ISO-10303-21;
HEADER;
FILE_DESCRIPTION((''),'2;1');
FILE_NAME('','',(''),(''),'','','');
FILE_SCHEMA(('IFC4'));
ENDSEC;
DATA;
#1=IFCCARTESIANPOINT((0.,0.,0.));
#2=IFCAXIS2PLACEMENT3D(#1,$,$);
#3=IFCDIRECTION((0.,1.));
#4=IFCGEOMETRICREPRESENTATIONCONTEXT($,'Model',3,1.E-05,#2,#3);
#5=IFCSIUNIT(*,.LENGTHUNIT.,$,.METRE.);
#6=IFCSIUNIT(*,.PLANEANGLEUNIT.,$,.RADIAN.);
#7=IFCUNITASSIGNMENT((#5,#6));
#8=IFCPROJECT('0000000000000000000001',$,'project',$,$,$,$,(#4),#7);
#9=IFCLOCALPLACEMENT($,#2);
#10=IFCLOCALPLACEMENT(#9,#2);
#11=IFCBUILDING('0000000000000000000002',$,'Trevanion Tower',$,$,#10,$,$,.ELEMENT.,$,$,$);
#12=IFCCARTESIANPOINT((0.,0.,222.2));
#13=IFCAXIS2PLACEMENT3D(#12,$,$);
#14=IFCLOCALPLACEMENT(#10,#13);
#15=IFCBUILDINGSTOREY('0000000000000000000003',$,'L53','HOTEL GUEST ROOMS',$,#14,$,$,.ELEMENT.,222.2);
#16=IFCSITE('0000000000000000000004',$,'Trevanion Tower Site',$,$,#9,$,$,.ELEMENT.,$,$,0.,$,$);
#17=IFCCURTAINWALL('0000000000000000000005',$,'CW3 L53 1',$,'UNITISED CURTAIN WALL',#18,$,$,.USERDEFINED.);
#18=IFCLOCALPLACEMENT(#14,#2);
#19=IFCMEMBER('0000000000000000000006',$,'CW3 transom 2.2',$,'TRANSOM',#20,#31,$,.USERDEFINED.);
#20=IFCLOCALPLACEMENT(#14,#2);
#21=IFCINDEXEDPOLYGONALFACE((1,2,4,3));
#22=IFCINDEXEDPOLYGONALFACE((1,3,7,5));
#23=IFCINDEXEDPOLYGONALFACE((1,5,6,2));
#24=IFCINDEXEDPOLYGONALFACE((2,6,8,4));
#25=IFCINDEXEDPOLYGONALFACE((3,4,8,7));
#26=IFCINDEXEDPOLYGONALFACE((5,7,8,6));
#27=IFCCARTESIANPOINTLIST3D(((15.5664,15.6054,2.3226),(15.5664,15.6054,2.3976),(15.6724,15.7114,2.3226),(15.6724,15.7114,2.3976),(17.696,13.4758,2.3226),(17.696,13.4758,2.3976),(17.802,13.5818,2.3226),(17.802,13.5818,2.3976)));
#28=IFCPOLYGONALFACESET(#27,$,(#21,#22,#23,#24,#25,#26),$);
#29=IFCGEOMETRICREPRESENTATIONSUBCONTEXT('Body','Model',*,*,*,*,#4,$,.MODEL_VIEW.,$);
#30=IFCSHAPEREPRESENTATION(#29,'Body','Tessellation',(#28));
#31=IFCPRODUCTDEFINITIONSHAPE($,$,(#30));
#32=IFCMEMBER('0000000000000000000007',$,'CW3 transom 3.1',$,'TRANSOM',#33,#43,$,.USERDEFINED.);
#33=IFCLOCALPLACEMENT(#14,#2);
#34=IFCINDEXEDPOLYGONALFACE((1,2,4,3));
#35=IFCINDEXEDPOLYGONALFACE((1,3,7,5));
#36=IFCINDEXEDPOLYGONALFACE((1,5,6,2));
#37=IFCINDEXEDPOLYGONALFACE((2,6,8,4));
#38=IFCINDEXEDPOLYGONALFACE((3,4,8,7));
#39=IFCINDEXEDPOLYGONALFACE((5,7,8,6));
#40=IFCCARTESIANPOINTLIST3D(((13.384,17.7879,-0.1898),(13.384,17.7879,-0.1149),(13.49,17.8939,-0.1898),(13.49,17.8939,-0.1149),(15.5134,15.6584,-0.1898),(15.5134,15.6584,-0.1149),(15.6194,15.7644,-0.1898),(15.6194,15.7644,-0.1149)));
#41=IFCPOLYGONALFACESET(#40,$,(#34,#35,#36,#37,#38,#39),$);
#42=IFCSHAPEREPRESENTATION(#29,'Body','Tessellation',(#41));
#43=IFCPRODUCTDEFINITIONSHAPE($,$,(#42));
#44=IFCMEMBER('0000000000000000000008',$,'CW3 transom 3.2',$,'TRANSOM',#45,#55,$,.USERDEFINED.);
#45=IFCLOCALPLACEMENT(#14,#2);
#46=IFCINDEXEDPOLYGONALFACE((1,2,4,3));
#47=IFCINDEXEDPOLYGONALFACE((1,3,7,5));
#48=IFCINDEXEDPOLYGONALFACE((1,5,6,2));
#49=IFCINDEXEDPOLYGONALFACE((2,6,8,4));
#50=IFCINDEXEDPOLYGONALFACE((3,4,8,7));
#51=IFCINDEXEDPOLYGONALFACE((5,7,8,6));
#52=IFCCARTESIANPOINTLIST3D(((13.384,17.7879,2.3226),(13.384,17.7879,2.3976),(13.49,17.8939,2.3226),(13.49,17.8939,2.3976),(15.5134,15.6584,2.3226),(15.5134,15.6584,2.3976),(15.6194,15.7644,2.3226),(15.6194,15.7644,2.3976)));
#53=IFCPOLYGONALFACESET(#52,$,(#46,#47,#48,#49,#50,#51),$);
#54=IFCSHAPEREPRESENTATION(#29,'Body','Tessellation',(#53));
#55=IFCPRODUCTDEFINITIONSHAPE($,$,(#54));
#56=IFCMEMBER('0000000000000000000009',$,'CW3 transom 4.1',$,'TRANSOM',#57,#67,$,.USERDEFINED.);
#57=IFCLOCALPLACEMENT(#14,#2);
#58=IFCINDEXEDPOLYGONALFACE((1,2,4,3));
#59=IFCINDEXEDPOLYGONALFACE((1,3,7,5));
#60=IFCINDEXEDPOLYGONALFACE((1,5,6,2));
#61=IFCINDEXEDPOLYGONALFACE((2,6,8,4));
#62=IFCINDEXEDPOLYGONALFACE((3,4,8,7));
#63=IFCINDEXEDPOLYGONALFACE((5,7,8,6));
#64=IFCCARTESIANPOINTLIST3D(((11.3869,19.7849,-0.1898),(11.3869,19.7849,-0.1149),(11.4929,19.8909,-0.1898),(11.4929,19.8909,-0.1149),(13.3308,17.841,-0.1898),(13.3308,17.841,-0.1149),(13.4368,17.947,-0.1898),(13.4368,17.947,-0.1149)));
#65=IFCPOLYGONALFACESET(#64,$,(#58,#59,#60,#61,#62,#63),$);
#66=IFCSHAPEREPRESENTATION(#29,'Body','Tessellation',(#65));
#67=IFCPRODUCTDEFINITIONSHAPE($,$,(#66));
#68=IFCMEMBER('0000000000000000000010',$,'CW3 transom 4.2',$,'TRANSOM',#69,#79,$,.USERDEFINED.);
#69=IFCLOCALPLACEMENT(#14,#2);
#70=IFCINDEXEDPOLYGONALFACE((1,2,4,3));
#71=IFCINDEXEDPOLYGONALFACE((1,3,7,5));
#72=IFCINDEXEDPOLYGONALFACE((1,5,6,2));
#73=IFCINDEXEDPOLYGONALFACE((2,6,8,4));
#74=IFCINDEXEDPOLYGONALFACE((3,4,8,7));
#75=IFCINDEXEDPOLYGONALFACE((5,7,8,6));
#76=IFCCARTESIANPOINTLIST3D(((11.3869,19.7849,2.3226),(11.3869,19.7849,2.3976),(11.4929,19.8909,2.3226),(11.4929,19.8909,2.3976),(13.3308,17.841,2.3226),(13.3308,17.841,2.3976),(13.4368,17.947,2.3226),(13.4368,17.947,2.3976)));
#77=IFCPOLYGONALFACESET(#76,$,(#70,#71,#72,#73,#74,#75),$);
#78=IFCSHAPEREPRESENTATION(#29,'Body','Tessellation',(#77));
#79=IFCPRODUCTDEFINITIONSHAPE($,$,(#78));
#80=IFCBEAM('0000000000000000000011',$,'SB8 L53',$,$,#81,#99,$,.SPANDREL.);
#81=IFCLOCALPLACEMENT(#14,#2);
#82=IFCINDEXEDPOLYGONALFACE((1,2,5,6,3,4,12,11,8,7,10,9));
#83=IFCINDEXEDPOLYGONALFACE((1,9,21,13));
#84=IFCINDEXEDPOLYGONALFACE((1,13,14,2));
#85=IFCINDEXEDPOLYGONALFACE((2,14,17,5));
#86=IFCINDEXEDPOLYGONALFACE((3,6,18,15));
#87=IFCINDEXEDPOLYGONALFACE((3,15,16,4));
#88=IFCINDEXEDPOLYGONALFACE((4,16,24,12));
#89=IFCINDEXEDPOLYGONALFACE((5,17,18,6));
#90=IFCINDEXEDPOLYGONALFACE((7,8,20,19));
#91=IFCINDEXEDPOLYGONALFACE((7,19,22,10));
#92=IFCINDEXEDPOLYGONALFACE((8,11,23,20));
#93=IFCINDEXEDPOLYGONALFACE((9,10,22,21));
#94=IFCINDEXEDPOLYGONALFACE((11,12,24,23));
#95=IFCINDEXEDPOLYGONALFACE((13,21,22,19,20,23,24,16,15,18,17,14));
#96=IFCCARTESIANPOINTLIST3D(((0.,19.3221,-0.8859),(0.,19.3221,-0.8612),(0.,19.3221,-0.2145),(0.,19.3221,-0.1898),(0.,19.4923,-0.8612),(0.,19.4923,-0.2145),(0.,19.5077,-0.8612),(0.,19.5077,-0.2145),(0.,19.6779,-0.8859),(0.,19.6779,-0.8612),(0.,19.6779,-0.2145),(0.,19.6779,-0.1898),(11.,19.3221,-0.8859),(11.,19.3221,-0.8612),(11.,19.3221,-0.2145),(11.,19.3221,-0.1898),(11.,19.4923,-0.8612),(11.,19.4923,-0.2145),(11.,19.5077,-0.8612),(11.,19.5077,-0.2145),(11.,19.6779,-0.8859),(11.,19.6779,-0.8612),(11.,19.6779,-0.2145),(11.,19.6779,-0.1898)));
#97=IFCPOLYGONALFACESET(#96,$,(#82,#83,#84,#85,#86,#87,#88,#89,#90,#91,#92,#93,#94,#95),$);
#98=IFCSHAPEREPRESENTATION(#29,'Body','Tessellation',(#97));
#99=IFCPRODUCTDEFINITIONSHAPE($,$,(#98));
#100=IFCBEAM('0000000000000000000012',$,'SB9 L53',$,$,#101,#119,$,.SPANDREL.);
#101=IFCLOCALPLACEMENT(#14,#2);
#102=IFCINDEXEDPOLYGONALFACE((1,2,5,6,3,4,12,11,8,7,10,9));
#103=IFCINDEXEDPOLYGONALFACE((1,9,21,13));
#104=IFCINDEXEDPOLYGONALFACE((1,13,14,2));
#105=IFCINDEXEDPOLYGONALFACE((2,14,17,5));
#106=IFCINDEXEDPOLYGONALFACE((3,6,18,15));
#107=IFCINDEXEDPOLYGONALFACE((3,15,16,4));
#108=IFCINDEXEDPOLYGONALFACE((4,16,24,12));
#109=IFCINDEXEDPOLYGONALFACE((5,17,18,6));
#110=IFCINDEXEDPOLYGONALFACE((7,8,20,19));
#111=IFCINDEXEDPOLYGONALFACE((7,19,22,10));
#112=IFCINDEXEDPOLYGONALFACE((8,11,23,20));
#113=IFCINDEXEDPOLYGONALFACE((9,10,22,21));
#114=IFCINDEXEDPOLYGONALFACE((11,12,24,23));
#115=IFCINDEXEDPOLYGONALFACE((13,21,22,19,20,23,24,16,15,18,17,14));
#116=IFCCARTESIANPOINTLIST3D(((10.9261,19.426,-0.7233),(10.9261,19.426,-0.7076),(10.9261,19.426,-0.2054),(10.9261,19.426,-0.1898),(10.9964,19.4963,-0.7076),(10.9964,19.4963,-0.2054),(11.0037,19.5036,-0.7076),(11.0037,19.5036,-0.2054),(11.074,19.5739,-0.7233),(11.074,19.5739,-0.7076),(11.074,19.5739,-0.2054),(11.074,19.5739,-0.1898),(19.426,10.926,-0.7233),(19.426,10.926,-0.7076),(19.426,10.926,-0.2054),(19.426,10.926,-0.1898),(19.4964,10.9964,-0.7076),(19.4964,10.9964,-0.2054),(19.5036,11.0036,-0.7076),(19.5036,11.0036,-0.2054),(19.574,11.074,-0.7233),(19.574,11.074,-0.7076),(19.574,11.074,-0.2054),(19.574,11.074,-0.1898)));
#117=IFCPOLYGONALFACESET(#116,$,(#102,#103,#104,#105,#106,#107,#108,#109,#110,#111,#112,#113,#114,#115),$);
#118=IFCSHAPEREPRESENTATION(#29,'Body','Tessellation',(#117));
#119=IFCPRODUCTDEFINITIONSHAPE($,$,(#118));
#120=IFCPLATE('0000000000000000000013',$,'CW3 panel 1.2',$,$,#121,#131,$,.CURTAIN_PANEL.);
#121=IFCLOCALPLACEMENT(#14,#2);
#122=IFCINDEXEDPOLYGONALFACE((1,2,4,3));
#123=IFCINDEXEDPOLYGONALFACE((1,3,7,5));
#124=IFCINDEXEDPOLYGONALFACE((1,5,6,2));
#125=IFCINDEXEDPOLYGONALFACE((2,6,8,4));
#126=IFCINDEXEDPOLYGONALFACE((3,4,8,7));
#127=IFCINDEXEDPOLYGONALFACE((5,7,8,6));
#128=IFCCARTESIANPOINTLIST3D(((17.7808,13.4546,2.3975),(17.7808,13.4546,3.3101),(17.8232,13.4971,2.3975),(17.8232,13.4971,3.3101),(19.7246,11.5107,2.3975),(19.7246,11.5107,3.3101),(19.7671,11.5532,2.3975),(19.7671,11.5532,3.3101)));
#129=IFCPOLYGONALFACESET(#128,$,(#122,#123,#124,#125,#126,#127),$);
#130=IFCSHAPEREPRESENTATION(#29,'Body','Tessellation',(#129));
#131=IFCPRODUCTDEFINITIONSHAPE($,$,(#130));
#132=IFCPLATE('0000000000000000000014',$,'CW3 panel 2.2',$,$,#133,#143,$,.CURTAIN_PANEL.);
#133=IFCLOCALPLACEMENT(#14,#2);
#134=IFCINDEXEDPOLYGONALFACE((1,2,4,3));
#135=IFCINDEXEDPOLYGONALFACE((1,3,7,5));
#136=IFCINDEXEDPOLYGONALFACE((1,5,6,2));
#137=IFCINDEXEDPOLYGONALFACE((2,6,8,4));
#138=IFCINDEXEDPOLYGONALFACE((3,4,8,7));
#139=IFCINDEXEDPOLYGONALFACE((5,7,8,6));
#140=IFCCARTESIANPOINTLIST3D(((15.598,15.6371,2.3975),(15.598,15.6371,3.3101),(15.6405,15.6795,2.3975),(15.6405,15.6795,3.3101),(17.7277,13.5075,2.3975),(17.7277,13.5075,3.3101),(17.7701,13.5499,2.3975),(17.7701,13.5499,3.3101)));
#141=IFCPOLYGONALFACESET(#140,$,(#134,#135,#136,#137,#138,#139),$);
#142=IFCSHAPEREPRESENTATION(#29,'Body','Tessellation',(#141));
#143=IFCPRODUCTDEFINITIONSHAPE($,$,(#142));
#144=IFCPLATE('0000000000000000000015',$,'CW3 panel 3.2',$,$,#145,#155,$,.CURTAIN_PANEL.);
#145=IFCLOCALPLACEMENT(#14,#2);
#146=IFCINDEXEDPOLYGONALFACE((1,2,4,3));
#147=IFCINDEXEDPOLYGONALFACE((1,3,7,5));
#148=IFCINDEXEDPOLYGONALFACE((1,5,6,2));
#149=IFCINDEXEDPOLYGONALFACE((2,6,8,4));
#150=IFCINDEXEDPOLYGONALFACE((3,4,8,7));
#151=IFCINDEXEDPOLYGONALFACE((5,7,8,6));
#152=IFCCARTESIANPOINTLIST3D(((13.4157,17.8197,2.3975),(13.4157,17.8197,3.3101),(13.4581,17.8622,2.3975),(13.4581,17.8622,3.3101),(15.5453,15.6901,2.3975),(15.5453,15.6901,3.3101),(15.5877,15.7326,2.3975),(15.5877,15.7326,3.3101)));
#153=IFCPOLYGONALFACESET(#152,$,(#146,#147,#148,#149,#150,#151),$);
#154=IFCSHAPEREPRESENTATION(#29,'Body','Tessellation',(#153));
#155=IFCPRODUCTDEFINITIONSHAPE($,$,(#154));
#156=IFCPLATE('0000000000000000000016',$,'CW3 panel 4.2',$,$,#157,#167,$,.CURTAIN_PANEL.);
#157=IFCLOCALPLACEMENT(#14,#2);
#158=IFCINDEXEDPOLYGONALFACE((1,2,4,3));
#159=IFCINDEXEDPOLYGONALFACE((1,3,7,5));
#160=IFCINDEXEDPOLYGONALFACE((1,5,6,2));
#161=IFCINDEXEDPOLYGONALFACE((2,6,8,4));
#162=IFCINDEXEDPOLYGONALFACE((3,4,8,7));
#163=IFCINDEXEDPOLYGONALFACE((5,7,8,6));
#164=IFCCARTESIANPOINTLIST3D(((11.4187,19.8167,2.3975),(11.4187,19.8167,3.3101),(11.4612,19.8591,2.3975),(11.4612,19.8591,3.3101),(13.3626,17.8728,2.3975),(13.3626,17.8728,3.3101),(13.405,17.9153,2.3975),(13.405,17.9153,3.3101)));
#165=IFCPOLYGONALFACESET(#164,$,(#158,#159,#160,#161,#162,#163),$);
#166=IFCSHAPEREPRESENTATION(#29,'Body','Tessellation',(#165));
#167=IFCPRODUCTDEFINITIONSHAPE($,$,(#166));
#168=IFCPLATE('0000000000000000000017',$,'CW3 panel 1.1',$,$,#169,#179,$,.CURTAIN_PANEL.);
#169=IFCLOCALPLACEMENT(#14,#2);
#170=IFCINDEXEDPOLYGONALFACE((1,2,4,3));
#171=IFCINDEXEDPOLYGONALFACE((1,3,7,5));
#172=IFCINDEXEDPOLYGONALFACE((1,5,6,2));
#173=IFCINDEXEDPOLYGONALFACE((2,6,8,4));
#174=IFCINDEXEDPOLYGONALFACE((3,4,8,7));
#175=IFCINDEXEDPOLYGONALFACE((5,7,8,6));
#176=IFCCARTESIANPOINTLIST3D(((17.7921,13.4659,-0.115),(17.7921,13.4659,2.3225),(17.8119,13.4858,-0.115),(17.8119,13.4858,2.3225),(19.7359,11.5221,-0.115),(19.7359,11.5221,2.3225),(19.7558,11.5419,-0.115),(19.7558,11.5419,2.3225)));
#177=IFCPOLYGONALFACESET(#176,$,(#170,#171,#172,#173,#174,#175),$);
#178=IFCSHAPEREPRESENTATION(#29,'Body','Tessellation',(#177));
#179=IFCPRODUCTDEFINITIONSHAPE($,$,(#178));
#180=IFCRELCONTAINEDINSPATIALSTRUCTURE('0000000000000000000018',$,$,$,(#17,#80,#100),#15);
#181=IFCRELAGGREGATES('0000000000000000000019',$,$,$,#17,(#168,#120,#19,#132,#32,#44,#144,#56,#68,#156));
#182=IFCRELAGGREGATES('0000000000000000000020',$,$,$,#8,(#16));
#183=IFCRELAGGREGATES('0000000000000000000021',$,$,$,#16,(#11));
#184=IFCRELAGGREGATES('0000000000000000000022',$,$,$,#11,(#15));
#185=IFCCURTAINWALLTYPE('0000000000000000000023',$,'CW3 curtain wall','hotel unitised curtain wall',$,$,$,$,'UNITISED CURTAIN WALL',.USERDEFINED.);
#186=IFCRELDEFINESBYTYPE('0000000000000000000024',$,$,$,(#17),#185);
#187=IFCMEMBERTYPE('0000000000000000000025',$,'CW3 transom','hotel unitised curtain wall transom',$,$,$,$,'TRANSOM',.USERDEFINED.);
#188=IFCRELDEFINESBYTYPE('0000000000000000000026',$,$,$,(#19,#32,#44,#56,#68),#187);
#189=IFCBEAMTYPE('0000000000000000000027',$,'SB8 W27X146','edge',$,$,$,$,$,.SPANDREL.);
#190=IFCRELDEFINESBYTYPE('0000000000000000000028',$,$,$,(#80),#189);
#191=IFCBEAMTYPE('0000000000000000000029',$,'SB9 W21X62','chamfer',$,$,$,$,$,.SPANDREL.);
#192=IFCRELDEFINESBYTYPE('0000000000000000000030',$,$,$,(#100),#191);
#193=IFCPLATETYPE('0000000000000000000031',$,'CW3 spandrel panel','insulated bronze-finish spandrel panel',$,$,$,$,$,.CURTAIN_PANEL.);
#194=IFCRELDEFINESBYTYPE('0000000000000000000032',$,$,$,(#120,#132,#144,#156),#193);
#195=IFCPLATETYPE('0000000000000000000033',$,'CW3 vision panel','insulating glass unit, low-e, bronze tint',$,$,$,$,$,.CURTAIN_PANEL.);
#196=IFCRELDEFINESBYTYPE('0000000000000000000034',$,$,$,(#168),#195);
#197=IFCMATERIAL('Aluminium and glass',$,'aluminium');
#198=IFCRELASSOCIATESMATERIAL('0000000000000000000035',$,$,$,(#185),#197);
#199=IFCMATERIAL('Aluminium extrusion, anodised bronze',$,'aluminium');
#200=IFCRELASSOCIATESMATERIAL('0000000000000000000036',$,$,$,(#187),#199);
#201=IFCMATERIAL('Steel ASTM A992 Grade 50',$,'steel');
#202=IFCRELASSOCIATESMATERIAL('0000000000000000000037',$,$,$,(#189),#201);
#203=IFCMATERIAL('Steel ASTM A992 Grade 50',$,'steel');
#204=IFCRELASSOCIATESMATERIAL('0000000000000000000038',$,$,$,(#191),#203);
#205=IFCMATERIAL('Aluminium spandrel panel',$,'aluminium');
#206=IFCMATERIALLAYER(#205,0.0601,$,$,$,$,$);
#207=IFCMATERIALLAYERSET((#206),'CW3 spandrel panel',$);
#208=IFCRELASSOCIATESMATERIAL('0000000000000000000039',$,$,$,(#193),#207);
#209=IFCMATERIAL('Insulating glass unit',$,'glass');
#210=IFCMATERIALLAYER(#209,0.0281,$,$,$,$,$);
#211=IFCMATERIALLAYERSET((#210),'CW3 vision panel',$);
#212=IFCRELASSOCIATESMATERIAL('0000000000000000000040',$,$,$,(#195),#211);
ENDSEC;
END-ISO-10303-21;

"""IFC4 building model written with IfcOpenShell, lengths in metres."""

from ifc_helpers import new_model, si_unit, direction, frame, origin, origin_2d, place, context, subcontext, project, spatial, rectangle, i_section, extrude, material, layer, layer_set, material_profile, profile_set, type_object, element, aggregate, save


model = new_model("IFC4")

# Units and contexts
model_context = context("Model", 3, precision=1e-05, world=origin(), true_north=direction((0.0, 1.0)))
body_context = subcontext(model_context, "Body", "Model", "MODEL_VIEW")
ifc_project = project(units=[si_unit("LENGTHUNIT", "METRE"), si_unit("PLANEANGLEUNIT", "RADIAN")], contexts=[model_context])

# Site, building, storey
site_placement = place(None, origin())
site = spatial("IfcSite", under=ifc_project, at=site_placement, Name="Trevanion Tower Site", CompositionType="ELEMENT", RefElevation=0.0)
building_placement = place(site_placement, origin())
building = spatial("IfcBuilding", under=site, at=building_placement, Name="Trevanion Tower", CompositionType="ELEMENT")
storey_placement = place(building_placement, frame((0.0, 0.0, 222.2)))
storey = spatial("IfcBuildingStorey", under=building, at=storey_placement, Name="L53", Description="HOTEL GUEST ROOMS", CompositionType="ELEMENT", Elevation=222.2)

# Curtain wall
ifc_material_1 = material(Name="Aluminium and glass", Category="aluminium")
curtain_wall_type = type_object("IfcCurtainWallType", Name="CW3 curtain wall", Description="hotel unitised curtain wall", ElementType="UNITISED CURTAIN WALL", PredefinedType="USERDEFINED", material=ifc_material_1)
curtain_wall_1_placement = place(storey_placement, origin())
curtain_wall_1 = element("IfcCurtainWall", 1, at=curtain_wall_1_placement, inside=storey, type_object=curtain_wall_type, Name="CW3 L53 1", ObjectType="UNITISED CURTAIN WALL", PredefinedType="USERDEFINED")

# Members
ifc_material_2 = material(Name="Aluminium extrusion, anodised bronze", Category="aluminium")
ifc_material_profile_1 = material_profile(ifc_material_2, rectangle(XDim=0.1499, YDim=0.075, at=origin_2d()), Name="CW3 transom")
ifc_profile_set_1 = profile_set([ifc_material_profile_1], Name="Aluminium extrusion, anodised bronze")
member_type_1 = type_object("IfcMemberType", Name="CW3 transom", Description="hotel unitised curtain wall transom", ElementType="TRANSOM", PredefinedType="USERDEFINED", material=ifc_profile_set_1)
member_1_placement = place(storey_placement, frame((17.749, 13.5288, 2.3601), z_axis=(-0.707107, 0.707107, 0.0), x_axis=(-0.707107, -0.707107, 0.0)))
member_1 = element("IfcMember", 2, at=member_1_placement, type_object=member_type_1, Name="CW3 transom 2.2", ObjectType="TRANSOM", PredefinedType="USERDEFINED", context=body_context, shape_type="SweptSolid", body=[
    extrude(rectangle(XDim=0.1499, YDim=0.075, at=origin_2d()), origin(), (0.0, 0.0, 1.0), 3.0117),
])
member_2_placement = place(storey_placement, frame((15.5664, 15.7114, -0.1523), z_axis=(-0.707107, 0.707107, 0.0), x_axis=(-0.707107, -0.707107, 0.0)))
member_2 = element("IfcMember", 3, at=member_2_placement, type_object=member_type_1, Name="CW3 transom 3.1", ObjectType="TRANSOM", PredefinedType="USERDEFINED", context=body_context, shape_type="SweptSolid", body=[
    extrude(rectangle(XDim=0.1499, YDim=0.075, at=origin_2d()), origin(), (0.0, 0.0, 1.0), 3.0115),
])
member_3_placement = place(storey_placement, frame((15.5664, 15.7114, 2.3601), z_axis=(-0.707107, 0.707107, 0.0), x_axis=(-0.707107, -0.707107, 0.0)))
member_3 = element("IfcMember", 4, at=member_3_placement, type_object=member_type_1, Name="CW3 transom 3.2", ObjectType="TRANSOM", PredefinedType="USERDEFINED", context=body_context, shape_type="SweptSolid", body=[
    extrude(rectangle(XDim=0.1499, YDim=0.075, at=origin_2d()), origin(), (0.0, 0.0, 1.0), 3.0115),
])
member_4_placement = place(storey_placement, frame((13.3838, 17.894, -0.1523), z_axis=(-0.707107, 0.707107, 0.0), x_axis=(-0.707107, -0.707107, 0.0)))
member_4 = element("IfcMember", 5, at=member_4_placement, type_object=member_type_1, Name="CW3 transom 4.1", ObjectType="TRANSOM", PredefinedType="USERDEFINED", context=body_context, shape_type="SweptSolid", body=[
    extrude(rectangle(XDim=0.1499, YDim=0.075, at=origin_2d()), origin(), (0.0, 0.0, 1.0), 2.749),
])
member_5_placement = place(storey_placement, frame((13.3838, 17.894, 2.3601), z_axis=(-0.707107, 0.707107, 0.0), x_axis=(-0.707107, -0.707107, 0.0)))
member_5 = element("IfcMember", 6, at=member_5_placement, type_object=member_type_1, Name="CW3 transom 4.2", ObjectType="TRANSOM", PredefinedType="USERDEFINED", context=body_context, shape_type="SweptSolid", body=[
    extrude(rectangle(XDim=0.1499, YDim=0.075, at=origin_2d()), origin(), (0.0, 0.0, 1.0), 2.749),
])

# Beams
ifc_material_3 = material(Name="Steel ASTM A992 Grade 50", Category="steel")
ifc_material_profile_2 = material_profile(ifc_material_3, i_section(OverallWidth=0.3557, OverallDepth=0.696, WebThickness=0.0154, FlangeThickness=0.0247, at=origin_2d()), Name="W27X146")
ifc_profile_set_2 = profile_set([ifc_material_profile_2], Name="Steel ASTM A992 Grade 50")
beam_type_1 = type_object("IfcBeamType", Name="SB8 W27X146", Description="edge", PredefinedType="SPANDREL", material=ifc_profile_set_2)
beam_1_placement = place(storey_placement, frame((11.0, 19.5, -0.5378), z_axis=(-1.0, 0.0, 0.0), x_axis=(0.0, -1.0, 0.0)))
element("IfcBeam", 7, at=beam_1_placement, inside=storey, type_object=beam_type_1, Name="SB8 L53", PredefinedType="SPANDREL", context=body_context, shape_type="SweptSolid", body=[
    extrude(i_section(OverallWidth=0.3557, OverallDepth=0.696, WebThickness=0.0154, FlangeThickness=0.0247, at=origin_2d()), origin(), (0.0, 0.0, 1.0), 11.0),
])
ifc_material_4 = material(Name="Steel ASTM A992 Grade 50", Category="steel")
ifc_material_profile_3 = material_profile(ifc_material_4, i_section(OverallWidth=0.2092, OverallDepth=0.5334, WebThickness=0.0103, FlangeThickness=0.0156, at=origin_2d()), Name="W21X62")
ifc_profile_set_3 = profile_set([ifc_material_profile_3], Name="Steel ASTM A992 Grade 50")
beam_type_2 = type_object("IfcBeamType", Name="SB9 W21X62", Description="chamfer", PredefinedType="SPANDREL", material=ifc_profile_set_3)
beam_2_placement = place(storey_placement, frame((19.5, 11.0, -0.4565), z_axis=(-0.707107, 0.707107, 0.0), x_axis=(-0.707107, -0.707107, 0.0)))
element("IfcBeam", 8, at=beam_2_placement, inside=storey, type_object=beam_type_2, Name="SB9 L53", PredefinedType="SPANDREL", context=body_context, shape_type="SweptSolid", body=[
    extrude(i_section(OverallWidth=0.2092, OverallDepth=0.5334, WebThickness=0.0103, FlangeThickness=0.0156, at=origin_2d()), origin(), (0.0, 0.0, 1.0), 12.0208),
])

# Plates
ifc_material_5 = material(Name="Aluminium spandrel panel", Category="aluminium")
ifc_layer_1 = layer(ifc_material_5, 0.0601)
ifc_layer_set_1 = layer_set([ifc_layer_1], Name="CW3 spandrel panel")
plate_type_1 = type_object("IfcPlateType", Name="CW3 spandrel panel", Description="insulated bronze-finish spandrel panel", PredefinedType="CURTAIN_PANEL", material=ifc_layer_set_1)
plate_1_placement = place(storey_placement, frame((18.7739, 12.5039, 2.3975), z_axis=(0.0, 0.0, 1.0), x_axis=(-0.707107, 0.707107, 0.0)))
plate_1 = element("IfcPlate", 9, at=plate_1_placement, type_object=plate_type_1, Name="CW3 panel 1.2", PredefinedType="CURTAIN_PANEL", context=body_context, shape_type="SweptSolid", body=[
    extrude(rectangle(XDim=2.749, YDim=0.0601, at=origin_2d()), origin(), (0.0, 0.0, 1.0), 0.9126),
])
plate_2_placement = place(storey_placement, frame((16.6841, 14.5935, 2.3975), z_axis=(0.0, 0.0, 1.0), x_axis=(-0.707107, 0.707107, 0.0)))
plate_2 = element("IfcPlate", 10, at=plate_2_placement, type_object=plate_type_1, Name="CW3 panel 2.2", PredefinedType="CURTAIN_PANEL", context=body_context, shape_type="SweptSolid", body=[
    extrude(rectangle(XDim=3.0117, YDim=0.0601, at=origin_2d()), origin(), (0.0, 0.0, 1.0), 0.9126),
])
plate_3_placement = place(storey_placement, frame((14.5017, 16.7761, 2.3975), z_axis=(0.0, 0.0, 1.0), x_axis=(-0.707107, 0.707107, 0.0)))
plate_3 = element("IfcPlate", 11, at=plate_3_placement, type_object=plate_type_1, Name="CW3 panel 3.2", PredefinedType="CURTAIN_PANEL", context=body_context, shape_type="SweptSolid", body=[
    extrude(rectangle(XDim=3.0117, YDim=0.0601, at=origin_2d()), origin(), (0.0, 0.0, 1.0), 0.9126),
])
plate_4_placement = place(storey_placement, frame((12.4119, 18.866, 2.3975), z_axis=(0.0, 0.0, 1.0), x_axis=(-0.707107, 0.707107, 0.0)))
plate_4 = element("IfcPlate", 12, at=plate_4_placement, type_object=plate_type_1, Name="CW3 panel 4.2", PredefinedType="CURTAIN_PANEL", context=body_context, shape_type="SweptSolid", body=[
    extrude(rectangle(XDim=2.749, YDim=0.0601, at=origin_2d()), origin(), (0.0, 0.0, 1.0), 0.9126),
])
ifc_material_6 = material(Name="Insulating glass unit", Category="glass")
ifc_layer_2 = layer(ifc_material_6, 0.0281)
ifc_layer_set_2 = layer_set([ifc_layer_2], Name="CW3 vision panel")
plate_type_2 = type_object("IfcPlateType", Name="CW3 vision panel", Description="insulating glass unit, low-e, bronze tint", PredefinedType="CURTAIN_PANEL", material=ifc_layer_set_2)
plate_5_placement = place(storey_placement, frame((18.7739, 12.5039, -0.115), z_axis=(0.0, 0.0, 1.0), x_axis=(-0.707107, 0.707107, 0.0)))
plate_5 = element("IfcPlate", 13, at=plate_5_placement, type_object=plate_type_2, Name="CW3 panel 1.1", PredefinedType="CURTAIN_PANEL", context=body_context, shape_type="SweptSolid", body=[
    extrude(rectangle(XDim=2.749, YDim=0.0281, at=origin_2d()), origin(), (0.0, 0.0, 1.0), 2.4375),
])
aggregate(curtain_wall_1, [plate_5, plate_1, member_1, plate_2, member_2, member_3, plate_3, member_4, member_5, plate_4])

save(model, "model.ifc")
